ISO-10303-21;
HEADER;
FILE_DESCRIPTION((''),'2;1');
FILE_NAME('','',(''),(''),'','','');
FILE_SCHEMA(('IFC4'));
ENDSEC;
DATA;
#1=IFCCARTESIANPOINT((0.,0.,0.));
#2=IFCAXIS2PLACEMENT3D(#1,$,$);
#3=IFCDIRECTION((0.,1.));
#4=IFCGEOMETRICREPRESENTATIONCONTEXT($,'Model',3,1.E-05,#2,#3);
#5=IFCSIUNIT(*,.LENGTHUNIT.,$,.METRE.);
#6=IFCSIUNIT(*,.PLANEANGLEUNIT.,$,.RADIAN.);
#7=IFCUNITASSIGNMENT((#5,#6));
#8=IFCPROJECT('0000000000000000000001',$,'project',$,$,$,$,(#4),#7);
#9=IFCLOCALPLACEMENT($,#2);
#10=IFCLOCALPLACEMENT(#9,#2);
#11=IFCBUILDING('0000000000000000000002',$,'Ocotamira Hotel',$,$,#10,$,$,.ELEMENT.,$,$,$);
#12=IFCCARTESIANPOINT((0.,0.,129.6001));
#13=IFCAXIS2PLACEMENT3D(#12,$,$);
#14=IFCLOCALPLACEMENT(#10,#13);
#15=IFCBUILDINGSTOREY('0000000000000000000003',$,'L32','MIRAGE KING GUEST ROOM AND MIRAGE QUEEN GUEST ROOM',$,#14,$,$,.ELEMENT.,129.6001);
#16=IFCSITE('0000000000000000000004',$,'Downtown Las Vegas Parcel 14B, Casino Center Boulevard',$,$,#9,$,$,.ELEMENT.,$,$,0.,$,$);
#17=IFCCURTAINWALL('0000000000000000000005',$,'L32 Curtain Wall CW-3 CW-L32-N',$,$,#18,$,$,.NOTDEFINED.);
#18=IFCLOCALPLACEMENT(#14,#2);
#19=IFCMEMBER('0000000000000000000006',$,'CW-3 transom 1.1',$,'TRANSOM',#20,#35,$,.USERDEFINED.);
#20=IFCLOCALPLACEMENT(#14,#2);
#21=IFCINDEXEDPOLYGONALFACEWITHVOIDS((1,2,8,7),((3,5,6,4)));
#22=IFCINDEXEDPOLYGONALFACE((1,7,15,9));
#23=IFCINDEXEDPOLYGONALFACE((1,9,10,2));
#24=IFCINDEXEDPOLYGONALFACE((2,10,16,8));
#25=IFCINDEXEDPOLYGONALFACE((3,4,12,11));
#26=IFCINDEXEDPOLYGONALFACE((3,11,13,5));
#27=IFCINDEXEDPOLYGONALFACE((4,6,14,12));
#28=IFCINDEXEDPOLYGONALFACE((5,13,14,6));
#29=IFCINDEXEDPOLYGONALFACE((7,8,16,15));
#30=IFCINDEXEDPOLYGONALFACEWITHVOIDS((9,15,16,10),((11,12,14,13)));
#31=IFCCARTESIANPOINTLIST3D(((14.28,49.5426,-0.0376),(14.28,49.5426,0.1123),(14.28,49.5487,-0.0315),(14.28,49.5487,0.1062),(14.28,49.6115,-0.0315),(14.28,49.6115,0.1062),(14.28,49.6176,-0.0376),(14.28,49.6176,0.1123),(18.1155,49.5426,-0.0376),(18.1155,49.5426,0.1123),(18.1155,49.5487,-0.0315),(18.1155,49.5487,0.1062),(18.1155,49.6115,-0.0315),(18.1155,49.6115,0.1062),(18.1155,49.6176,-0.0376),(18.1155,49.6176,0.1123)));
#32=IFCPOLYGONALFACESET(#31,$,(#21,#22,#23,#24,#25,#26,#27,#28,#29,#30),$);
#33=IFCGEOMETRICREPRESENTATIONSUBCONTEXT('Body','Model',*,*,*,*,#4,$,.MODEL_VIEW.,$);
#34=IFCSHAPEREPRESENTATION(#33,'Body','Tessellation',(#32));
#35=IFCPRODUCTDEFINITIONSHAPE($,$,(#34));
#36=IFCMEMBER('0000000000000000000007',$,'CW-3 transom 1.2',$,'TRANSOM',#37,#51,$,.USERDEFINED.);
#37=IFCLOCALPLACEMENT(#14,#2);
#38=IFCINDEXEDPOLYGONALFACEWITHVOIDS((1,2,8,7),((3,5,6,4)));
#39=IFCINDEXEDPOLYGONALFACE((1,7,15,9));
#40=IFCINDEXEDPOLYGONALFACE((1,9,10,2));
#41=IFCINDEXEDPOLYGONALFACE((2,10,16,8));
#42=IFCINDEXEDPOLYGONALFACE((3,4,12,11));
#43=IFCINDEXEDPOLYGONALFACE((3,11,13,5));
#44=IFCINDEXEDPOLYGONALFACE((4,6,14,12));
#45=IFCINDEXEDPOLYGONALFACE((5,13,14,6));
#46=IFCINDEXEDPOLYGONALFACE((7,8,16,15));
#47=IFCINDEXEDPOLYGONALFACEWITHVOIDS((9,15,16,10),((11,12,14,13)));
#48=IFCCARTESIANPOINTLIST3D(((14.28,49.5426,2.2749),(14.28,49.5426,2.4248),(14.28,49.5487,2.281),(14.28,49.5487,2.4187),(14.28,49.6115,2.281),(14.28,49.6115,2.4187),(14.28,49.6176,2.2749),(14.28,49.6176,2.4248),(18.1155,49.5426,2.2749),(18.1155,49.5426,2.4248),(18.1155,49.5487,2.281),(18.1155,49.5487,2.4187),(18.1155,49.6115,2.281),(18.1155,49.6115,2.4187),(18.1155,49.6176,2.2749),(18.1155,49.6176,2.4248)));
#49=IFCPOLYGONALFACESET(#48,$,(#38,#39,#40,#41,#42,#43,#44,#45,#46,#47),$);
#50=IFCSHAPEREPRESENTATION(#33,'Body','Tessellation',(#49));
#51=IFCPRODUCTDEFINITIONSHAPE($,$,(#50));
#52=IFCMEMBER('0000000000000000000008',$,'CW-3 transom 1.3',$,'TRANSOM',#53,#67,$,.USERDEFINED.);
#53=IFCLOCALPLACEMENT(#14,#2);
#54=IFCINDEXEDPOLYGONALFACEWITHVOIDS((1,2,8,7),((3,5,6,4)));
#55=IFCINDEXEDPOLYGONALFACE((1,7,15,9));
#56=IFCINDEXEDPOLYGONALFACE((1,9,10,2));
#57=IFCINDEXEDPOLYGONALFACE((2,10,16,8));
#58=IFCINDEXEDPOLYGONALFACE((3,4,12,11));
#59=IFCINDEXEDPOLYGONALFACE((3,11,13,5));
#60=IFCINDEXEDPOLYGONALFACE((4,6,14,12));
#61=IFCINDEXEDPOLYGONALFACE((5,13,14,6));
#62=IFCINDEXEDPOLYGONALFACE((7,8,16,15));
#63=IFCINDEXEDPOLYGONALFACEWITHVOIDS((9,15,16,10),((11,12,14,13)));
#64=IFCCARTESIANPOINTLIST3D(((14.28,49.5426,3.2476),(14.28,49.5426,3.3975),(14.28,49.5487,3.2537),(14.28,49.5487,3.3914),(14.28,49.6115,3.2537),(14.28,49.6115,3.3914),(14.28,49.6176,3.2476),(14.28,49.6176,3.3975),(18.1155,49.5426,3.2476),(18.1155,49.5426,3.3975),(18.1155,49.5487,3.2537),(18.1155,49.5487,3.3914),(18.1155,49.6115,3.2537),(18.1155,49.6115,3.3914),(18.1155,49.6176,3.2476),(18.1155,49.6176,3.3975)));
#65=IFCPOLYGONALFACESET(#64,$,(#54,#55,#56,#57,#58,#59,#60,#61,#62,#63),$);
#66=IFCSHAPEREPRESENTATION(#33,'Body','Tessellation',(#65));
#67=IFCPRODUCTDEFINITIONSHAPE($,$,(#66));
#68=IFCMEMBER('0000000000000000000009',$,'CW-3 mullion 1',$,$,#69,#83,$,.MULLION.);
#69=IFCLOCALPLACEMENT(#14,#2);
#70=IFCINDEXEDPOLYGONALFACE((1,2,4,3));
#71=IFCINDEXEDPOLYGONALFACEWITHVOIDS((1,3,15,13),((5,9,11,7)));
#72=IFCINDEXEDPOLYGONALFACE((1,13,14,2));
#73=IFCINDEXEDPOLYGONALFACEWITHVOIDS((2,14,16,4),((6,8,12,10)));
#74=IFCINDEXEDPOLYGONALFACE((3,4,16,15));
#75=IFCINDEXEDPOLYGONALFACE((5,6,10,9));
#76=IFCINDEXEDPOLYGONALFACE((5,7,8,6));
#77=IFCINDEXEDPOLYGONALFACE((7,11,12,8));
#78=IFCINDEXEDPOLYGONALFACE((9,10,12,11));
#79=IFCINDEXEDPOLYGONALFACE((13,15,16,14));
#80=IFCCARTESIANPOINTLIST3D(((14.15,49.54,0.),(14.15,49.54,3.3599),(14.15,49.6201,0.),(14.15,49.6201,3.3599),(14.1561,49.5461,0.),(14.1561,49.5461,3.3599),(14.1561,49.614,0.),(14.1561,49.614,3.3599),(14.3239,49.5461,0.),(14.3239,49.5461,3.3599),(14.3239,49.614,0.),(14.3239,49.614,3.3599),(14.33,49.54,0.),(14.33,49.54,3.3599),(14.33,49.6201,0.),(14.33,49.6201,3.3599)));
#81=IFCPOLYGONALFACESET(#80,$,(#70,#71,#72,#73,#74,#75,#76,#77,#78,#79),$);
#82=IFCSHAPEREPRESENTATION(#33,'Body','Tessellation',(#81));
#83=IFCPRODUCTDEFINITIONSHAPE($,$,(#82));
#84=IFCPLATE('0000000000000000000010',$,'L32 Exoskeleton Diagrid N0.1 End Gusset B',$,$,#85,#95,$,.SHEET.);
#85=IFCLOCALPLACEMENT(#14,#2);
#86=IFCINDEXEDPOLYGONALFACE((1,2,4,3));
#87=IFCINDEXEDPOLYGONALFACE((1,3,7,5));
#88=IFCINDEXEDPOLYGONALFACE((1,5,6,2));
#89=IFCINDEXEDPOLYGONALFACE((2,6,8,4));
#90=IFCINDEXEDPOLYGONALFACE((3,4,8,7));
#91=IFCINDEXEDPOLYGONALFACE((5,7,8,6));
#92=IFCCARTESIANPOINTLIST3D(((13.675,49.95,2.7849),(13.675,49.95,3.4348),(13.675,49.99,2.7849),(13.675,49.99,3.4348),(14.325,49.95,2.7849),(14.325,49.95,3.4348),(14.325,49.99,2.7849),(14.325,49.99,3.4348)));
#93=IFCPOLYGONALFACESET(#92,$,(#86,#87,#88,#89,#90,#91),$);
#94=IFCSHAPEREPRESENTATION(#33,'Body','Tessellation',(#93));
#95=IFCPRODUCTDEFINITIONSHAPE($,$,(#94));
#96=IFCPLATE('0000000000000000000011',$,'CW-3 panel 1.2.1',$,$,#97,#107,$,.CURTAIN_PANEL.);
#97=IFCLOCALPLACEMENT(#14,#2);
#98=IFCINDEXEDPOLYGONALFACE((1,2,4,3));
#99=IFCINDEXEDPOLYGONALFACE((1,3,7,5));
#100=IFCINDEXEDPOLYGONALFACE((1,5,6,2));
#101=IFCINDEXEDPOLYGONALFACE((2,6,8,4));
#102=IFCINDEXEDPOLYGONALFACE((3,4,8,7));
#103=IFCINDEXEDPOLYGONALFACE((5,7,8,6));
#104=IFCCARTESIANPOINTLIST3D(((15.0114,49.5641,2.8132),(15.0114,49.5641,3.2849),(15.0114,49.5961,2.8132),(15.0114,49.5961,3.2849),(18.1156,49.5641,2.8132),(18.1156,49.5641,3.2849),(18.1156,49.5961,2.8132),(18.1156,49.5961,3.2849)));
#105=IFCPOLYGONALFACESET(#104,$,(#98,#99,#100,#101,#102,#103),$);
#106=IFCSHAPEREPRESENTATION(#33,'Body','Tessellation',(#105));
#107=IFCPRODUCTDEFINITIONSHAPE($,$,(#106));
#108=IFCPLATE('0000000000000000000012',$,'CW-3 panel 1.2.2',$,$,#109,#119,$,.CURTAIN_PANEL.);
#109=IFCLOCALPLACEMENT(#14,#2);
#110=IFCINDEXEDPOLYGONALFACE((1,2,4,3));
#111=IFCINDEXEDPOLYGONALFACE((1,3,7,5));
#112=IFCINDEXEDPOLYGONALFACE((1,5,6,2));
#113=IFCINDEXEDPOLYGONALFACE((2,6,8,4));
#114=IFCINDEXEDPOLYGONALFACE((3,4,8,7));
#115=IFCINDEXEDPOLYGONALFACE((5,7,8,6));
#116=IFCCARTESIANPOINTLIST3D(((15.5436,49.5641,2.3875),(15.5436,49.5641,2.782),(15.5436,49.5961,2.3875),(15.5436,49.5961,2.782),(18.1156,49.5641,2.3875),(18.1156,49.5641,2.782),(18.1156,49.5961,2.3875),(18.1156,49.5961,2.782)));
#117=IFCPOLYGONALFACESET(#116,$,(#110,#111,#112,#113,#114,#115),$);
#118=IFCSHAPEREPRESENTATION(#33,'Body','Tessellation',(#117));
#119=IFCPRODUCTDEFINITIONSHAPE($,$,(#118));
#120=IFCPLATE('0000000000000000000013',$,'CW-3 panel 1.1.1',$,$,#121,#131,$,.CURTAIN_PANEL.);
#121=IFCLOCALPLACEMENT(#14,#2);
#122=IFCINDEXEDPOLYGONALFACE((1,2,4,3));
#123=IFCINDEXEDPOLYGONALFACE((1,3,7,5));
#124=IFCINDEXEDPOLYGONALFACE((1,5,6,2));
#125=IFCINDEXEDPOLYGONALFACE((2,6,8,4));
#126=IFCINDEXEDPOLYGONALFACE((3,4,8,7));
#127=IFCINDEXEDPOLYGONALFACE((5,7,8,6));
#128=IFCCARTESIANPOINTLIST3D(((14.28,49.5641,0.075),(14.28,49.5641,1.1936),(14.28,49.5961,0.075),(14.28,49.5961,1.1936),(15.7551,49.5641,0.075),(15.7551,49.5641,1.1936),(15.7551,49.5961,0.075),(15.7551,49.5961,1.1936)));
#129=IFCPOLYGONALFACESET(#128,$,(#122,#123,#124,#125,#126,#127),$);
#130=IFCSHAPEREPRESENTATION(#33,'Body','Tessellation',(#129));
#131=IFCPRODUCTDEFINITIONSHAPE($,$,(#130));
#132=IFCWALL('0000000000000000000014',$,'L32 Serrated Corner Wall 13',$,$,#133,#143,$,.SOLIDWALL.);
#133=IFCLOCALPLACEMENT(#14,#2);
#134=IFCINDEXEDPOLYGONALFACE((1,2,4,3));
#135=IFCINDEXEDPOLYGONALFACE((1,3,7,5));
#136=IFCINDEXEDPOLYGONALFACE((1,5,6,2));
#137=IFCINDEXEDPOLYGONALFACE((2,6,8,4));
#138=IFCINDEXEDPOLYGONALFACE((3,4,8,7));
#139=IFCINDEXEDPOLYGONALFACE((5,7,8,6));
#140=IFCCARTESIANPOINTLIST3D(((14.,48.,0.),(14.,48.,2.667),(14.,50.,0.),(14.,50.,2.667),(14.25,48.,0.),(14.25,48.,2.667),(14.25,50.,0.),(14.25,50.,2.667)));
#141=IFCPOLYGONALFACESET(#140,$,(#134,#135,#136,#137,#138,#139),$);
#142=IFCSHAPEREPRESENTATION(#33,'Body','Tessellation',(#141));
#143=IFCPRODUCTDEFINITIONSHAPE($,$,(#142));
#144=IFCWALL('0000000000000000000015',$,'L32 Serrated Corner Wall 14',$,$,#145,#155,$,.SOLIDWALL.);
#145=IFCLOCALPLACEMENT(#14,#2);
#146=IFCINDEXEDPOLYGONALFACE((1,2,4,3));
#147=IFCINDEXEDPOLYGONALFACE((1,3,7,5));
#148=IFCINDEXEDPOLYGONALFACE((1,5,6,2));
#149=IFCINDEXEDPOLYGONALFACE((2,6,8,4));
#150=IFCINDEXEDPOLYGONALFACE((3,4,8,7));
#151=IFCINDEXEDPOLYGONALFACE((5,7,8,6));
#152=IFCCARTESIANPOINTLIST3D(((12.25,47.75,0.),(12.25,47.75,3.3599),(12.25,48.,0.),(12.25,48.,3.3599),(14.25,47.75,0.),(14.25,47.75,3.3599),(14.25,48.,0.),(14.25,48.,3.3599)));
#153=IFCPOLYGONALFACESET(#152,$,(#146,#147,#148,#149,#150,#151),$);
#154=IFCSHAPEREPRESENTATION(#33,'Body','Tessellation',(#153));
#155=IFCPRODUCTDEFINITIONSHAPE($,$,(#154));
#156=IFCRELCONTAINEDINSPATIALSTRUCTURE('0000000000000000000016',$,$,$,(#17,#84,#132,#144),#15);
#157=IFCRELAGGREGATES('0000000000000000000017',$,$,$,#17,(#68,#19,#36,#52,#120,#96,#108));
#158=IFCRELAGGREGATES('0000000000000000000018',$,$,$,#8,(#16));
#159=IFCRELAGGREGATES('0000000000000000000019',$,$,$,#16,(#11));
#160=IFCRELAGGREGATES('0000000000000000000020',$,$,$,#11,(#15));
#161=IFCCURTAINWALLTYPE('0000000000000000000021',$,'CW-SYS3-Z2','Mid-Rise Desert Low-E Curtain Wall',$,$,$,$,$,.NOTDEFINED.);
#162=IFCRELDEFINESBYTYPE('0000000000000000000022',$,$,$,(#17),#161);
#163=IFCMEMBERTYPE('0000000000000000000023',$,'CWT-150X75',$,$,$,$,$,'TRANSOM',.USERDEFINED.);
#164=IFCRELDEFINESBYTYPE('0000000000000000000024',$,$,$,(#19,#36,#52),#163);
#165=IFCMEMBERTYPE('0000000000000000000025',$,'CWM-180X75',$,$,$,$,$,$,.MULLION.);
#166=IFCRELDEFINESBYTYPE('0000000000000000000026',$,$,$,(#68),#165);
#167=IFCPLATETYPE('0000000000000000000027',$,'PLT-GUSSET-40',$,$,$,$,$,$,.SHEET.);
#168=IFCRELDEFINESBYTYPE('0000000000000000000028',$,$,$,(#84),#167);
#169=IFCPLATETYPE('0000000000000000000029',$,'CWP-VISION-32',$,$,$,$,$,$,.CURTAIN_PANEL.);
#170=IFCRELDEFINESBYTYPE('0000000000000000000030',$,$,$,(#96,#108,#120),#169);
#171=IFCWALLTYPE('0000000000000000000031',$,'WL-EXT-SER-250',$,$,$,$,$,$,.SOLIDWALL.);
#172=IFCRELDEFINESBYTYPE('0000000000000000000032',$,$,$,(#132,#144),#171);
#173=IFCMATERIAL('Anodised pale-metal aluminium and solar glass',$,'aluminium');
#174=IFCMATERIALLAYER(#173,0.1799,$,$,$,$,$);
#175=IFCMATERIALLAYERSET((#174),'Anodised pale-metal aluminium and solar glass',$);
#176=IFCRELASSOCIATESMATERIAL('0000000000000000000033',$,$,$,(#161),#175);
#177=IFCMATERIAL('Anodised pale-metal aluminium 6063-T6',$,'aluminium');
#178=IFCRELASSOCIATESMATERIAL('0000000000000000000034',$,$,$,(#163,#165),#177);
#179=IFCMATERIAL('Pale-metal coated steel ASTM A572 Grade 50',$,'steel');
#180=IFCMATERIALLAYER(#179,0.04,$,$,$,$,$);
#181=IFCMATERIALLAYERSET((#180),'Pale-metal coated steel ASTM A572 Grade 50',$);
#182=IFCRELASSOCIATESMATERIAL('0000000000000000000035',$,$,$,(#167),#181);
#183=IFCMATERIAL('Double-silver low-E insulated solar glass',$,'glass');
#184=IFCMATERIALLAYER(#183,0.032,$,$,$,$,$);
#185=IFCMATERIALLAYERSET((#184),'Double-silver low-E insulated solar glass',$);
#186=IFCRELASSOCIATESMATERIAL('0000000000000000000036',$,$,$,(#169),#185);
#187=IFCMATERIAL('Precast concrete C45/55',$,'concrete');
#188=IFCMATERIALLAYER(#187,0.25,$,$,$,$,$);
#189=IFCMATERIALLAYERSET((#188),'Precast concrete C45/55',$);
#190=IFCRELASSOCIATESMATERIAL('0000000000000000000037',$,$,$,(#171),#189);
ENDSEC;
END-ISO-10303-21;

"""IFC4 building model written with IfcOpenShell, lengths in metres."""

from ifc_helpers import new_model, si_unit, direction, frame, frame_2d, origin, origin_2d, place, context, subcontext, project, spatial, rectangle, hollow_rectangle, extrude, source, transform, mapped, material, layer, layer_set, material_profile, profile_set, type_object, element, aggregate, save


model = new_model("IFC4")

# Units and contexts
model_context = context("Model", 3, precision=1e-05, world=origin(), true_north=direction((0.0, 1.0)))
body_context = subcontext(model_context, "Body", "Model", "MODEL_VIEW")
ifc_project = project(units=[si_unit("LENGTHUNIT", "METRE"), si_unit("PLANEANGLEUNIT", "RADIAN")], contexts=[model_context])

# Site, building, storey
site_placement = place(None, origin())
site = spatial("IfcSite", under=ifc_project, at=site_placement, Name="Downtown Las Vegas Parcel 14B, Casino Center Boulevard", CompositionType="ELEMENT", RefElevation=0.0)
building_placement = place(site_placement, origin())
building = spatial("IfcBuilding", under=site, at=building_placement, Name="Ocotamira Hotel", CompositionType="ELEMENT")
storey_placement = place(building_placement, frame((0.0, 0.0, 129.6001)))
storey = spatial("IfcBuildingStorey", under=building, at=storey_placement, Name="L32", Description="MIRAGE KING GUEST ROOM AND MIRAGE QUEEN GUEST ROOM", CompositionType="ELEMENT", Elevation=129.6001)

# Curtain wall, members
ifc_material_1 = material(Name="Anodised pale-metal aluminium and solar glass", Category="aluminium")
ifc_layer_1 = layer(ifc_material_1, 0.1799)
ifc_layer_set_1 = layer_set([ifc_layer_1], Name="Anodised pale-metal aluminium and solar glass")
curtain_wall_type = type_object("IfcCurtainWallType", Name="CW-SYS3-Z2", Description="Mid-Rise Desert Low-E Curtain Wall", PredefinedType="NOTDEFINED", material=ifc_layer_set_1)
curtain_wall_placement = place(storey_placement, origin())
curtain_wall = element("IfcCurtainWall", 1, at=curtain_wall_placement, inside=storey, type_object=curtain_wall_type, Name="L32 Curtain Wall CW-3 CW-L32-N", PredefinedType="NOTDEFINED")
ifc_material_2 = material(Name="Anodised pale-metal aluminium 6063-T6", Category="aluminium")
ifc_material_profile_1 = material_profile(ifc_material_2, hollow_rectangle(XDim=0.075, YDim=0.1499, WallThickness=0.0061, at=origin_2d()), Name="HSS150X75X6")
ifc_profile_set_1 = profile_set([ifc_material_profile_1], Name="Anodised pale-metal aluminium 6063-T6")
member_type_1 = type_object("IfcMemberType", Name="CWT-150X75", ElementType="TRANSOM", PredefinedType="USERDEFINED", material=ifc_profile_set_1)
shared_shape_1 = source(origin(), body_context, "Body", "SweptSolid", [
    extrude(hollow_rectangle(XDim=0.075, YDim=0.1499, WallThickness=0.0061, at=origin_2d()), origin(), (0.0, 0.0, 1.0), 3.8354),
])
member_1_placement = place(storey_placement, frame((14.28, 49.5801, 0.0374), z_axis=(1.0, 0.0, 0.0), x_axis=(0.0, 1.0, 0.0)))
member_1 = element("IfcMember", 2, at=member_1_placement, type_object=member_type_1, Name="CW-3 transom 1.1", ObjectType="TRANSOM", PredefinedType="USERDEFINED", context=body_context, shape_type="MappedRepresentation", body=[
    mapped(shared_shape_1, transform((0.0, 0.0, 0.0), scale=1.0)),
])
member_2_placement = place(storey_placement, frame((14.28, 49.5801, 2.3499), z_axis=(1.0, 0.0, 0.0), x_axis=(0.0, 1.0, 0.0)))
member_2 = element("IfcMember", 3, at=member_2_placement, type_object=member_type_1, Name="CW-3 transom 1.2", ObjectType="TRANSOM", PredefinedType="USERDEFINED", context=body_context, shape_type="MappedRepresentation", body=[
    mapped(shared_shape_1, transform((0.0, 0.0, 0.0), scale=1.0)),
])
member_3_placement = place(storey_placement, frame((14.28, 49.5801, 3.3225), z_axis=(1.0, 0.0, 0.0), x_axis=(0.0, 1.0, 0.0)))
member_3 = element("IfcMember", 4, at=member_3_placement, type_object=member_type_1, Name="CW-3 transom 1.3", ObjectType="TRANSOM", PredefinedType="USERDEFINED", context=body_context, shape_type="MappedRepresentation", body=[
    mapped(shared_shape_1, transform((0.0, 0.0, 0.0), scale=1.0)),
])
ifc_material_profile_2 = material_profile(ifc_material_2, hollow_rectangle(XDim=0.0801, YDim=0.1799, WallThickness=0.0061, at=origin_2d()), Name="HSS180X80X6")
ifc_profile_set_2 = profile_set([ifc_material_profile_2], Name="Anodised pale-metal aluminium 6063-T6")
member_type_2 = type_object("IfcMemberType", Name="CWM-180X75", PredefinedType="MULLION", material=ifc_profile_set_2)
shared_shape_2 = source(origin(), body_context, "Body", "SweptSolid", [
    extrude(hollow_rectangle(XDim=0.0801, YDim=0.1799, WallThickness=0.0061, at=origin_2d()), origin(), (0.0, 0.0, 1.0), 3.3599),
])
member_4_placement = place(storey_placement, frame((14.24, 49.5801, 0.0), z_axis=(0.0, 0.0, 1.0), x_axis=(0.0, 1.0, 0.0)))
member_4 = element("IfcMember", 5, at=member_4_placement, type_object=member_type_2, Name="CW-3 mullion 1", PredefinedType="MULLION", context=body_context, shape_type="MappedRepresentation", body=[
    mapped(shared_shape_2, transform((0.0, 0.0, 0.0), scale=1.0)),
])

# Plates
ifc_material_3 = material(Name="Pale-metal coated steel ASTM A572 Grade 50", Category="steel")
ifc_layer_2 = layer(ifc_material_3, 0.04)
ifc_layer_set_2 = layer_set([ifc_layer_2], Name="Pale-metal coated steel ASTM A572 Grade 50")
plate_type_1 = type_object("IfcPlateType", Name="PLT-GUSSET-40", PredefinedType="SHEET", material=ifc_layer_set_2)
shared_shape_3 = source(origin(), body_context, "Body", "SweptSolid", [
    extrude(rectangle(XDim=0.6499, YDim=0.04, at=origin_2d()), origin(), (0.0, 0.0, 1.0), 0.6499),
])
plate_1_placement = place(storey_placement, frame((14.0, 49.97, 2.7849), z_axis=(0.0, 0.0, 1.0), x_axis=(-1.0, 0.0, 0.0)))
element("IfcPlate", 6, at=plate_1_placement, inside=storey, type_object=plate_type_1, Name="L32 Exoskeleton Diagrid N0.1 End Gusset B", PredefinedType="SHEET", context=body_context, shape_type="MappedRepresentation", body=[
    mapped(shared_shape_3, transform((0.0, 0.0, 0.0), scale=1.0)),
])
ifc_material_4 = material(Name="Double-silver low-E insulated solar glass", Category="glass")
ifc_layer_3 = layer(ifc_material_4, 0.032)
ifc_layer_set_3 = layer_set([ifc_layer_3], Name="Double-silver low-E insulated solar glass")
plate_type_2 = type_object("IfcPlateType", Name="CWP-VISION-32", PredefinedType="CURTAIN_PANEL", material=ifc_layer_set_3)
shared_shape_4 = source(origin(), body_context, "Body", "SweptSolid", [
    extrude(rectangle(XDim=3.1042, YDim=0.032, at=origin_2d()), origin(), (0.0, 0.0, 1.0), 0.4717),
])
plate_2_placement = place(storey_placement, frame((16.5635, 49.5801, 2.8132), z_axis=(0.0, 0.0, 1.0), x_axis=(1.0, 0.0, 0.0)))
plate_2 = element("IfcPlate", 7, at=plate_2_placement, type_object=plate_type_2, Name="CW-3 panel 1.2.1", PredefinedType="CURTAIN_PANEL", context=body_context, shape_type="MappedRepresentation", body=[
    mapped(shared_shape_4, transform((0.0, 0.0, 0.0), scale=1.0)),
])
shared_shape_5 = source(origin(), body_context, "Body", "SweptSolid", [
    extrude(rectangle(XDim=2.572, YDim=0.032, at=origin_2d()), origin(), (0.0, 0.0, 1.0), 0.3945),
])
plate_3_placement = place(storey_placement, frame((16.8296, 49.5801, 2.3875), z_axis=(0.0, 0.0, 1.0), x_axis=(1.0, 0.0, 0.0)))
plate_3 = element("IfcPlate", 8, at=plate_3_placement, type_object=plate_type_2, Name="CW-3 panel 1.2.2", PredefinedType="CURTAIN_PANEL", context=body_context, shape_type="MappedRepresentation", body=[
    mapped(shared_shape_5, transform((0.0, 0.0, 0.0), scale=1.0)),
])
shared_shape_6 = source(origin(), body_context, "Body", "SweptSolid", [
    extrude(rectangle(XDim=1.4751, YDim=0.032, at=origin_2d()), origin(), (0.0, 0.0, 1.0), 1.1187),
])
plate_4_placement = place(storey_placement, frame((15.0176, 49.5801, 0.075), z_axis=(0.0, 0.0, 1.0), x_axis=(1.0, 0.0, 0.0)))
plate_4 = element("IfcPlate", 9, at=plate_4_placement, type_object=plate_type_2, Name="CW-3 panel 1.1.1", PredefinedType="CURTAIN_PANEL", context=body_context, shape_type="MappedRepresentation", body=[
    mapped(shared_shape_6, transform((0.0, 0.0, 0.0), scale=1.0)),
])
aggregate(curtain_wall, [member_4, member_1, member_2, member_3, plate_4, plate_2, plate_3])

# Walls
ifc_material_5 = material(Name="Precast concrete C45/55", Category="concrete")
ifc_layer_4 = layer(ifc_material_5, 0.25)
ifc_layer_set_4 = layer_set([ifc_layer_4], Name="Precast concrete C45/55")
wall_type = type_object("IfcWallType", Name="WL-EXT-SER-250", PredefinedType="SOLIDWALL", material=ifc_layer_set_4)
wall_1_placement = place(storey_placement, frame((14.125, 50.0, 0.0), z_axis=(0.0, 0.0, 1.0), x_axis=(0.0, -1.0, 0.0)))
element("IfcWall", 10, at=wall_1_placement, inside=storey, type_object=wall_type, Name="L32 Serrated Corner Wall 13", PredefinedType="SOLIDWALL", context=body_context, shape_type="SweptSolid", body=[
    extrude(rectangle(XDim=2.0, YDim=0.25, at=frame_2d((1.0, 0.0))), origin(), (0.0, 0.0, 1.0), 2.667),
])
wall_2_placement = place(storey_placement, frame((14.25, 47.875, 0.0), z_axis=(0.0, 0.0, 1.0), x_axis=(-1.0, 0.0, 0.0)))
element("IfcWall", 11, at=wall_2_placement, inside=storey, type_object=wall_type, Name="L32 Serrated Corner Wall 14", PredefinedType="SOLIDWALL", context=body_context, shape_type="SweptSolid", body=[
    extrude(rectangle(XDim=2.0, YDim=0.25, at=frame_2d((1.0, 0.0))), origin(), (0.0, 0.0, 1.0), 3.3599),
])

save(model, "model.ifc")
